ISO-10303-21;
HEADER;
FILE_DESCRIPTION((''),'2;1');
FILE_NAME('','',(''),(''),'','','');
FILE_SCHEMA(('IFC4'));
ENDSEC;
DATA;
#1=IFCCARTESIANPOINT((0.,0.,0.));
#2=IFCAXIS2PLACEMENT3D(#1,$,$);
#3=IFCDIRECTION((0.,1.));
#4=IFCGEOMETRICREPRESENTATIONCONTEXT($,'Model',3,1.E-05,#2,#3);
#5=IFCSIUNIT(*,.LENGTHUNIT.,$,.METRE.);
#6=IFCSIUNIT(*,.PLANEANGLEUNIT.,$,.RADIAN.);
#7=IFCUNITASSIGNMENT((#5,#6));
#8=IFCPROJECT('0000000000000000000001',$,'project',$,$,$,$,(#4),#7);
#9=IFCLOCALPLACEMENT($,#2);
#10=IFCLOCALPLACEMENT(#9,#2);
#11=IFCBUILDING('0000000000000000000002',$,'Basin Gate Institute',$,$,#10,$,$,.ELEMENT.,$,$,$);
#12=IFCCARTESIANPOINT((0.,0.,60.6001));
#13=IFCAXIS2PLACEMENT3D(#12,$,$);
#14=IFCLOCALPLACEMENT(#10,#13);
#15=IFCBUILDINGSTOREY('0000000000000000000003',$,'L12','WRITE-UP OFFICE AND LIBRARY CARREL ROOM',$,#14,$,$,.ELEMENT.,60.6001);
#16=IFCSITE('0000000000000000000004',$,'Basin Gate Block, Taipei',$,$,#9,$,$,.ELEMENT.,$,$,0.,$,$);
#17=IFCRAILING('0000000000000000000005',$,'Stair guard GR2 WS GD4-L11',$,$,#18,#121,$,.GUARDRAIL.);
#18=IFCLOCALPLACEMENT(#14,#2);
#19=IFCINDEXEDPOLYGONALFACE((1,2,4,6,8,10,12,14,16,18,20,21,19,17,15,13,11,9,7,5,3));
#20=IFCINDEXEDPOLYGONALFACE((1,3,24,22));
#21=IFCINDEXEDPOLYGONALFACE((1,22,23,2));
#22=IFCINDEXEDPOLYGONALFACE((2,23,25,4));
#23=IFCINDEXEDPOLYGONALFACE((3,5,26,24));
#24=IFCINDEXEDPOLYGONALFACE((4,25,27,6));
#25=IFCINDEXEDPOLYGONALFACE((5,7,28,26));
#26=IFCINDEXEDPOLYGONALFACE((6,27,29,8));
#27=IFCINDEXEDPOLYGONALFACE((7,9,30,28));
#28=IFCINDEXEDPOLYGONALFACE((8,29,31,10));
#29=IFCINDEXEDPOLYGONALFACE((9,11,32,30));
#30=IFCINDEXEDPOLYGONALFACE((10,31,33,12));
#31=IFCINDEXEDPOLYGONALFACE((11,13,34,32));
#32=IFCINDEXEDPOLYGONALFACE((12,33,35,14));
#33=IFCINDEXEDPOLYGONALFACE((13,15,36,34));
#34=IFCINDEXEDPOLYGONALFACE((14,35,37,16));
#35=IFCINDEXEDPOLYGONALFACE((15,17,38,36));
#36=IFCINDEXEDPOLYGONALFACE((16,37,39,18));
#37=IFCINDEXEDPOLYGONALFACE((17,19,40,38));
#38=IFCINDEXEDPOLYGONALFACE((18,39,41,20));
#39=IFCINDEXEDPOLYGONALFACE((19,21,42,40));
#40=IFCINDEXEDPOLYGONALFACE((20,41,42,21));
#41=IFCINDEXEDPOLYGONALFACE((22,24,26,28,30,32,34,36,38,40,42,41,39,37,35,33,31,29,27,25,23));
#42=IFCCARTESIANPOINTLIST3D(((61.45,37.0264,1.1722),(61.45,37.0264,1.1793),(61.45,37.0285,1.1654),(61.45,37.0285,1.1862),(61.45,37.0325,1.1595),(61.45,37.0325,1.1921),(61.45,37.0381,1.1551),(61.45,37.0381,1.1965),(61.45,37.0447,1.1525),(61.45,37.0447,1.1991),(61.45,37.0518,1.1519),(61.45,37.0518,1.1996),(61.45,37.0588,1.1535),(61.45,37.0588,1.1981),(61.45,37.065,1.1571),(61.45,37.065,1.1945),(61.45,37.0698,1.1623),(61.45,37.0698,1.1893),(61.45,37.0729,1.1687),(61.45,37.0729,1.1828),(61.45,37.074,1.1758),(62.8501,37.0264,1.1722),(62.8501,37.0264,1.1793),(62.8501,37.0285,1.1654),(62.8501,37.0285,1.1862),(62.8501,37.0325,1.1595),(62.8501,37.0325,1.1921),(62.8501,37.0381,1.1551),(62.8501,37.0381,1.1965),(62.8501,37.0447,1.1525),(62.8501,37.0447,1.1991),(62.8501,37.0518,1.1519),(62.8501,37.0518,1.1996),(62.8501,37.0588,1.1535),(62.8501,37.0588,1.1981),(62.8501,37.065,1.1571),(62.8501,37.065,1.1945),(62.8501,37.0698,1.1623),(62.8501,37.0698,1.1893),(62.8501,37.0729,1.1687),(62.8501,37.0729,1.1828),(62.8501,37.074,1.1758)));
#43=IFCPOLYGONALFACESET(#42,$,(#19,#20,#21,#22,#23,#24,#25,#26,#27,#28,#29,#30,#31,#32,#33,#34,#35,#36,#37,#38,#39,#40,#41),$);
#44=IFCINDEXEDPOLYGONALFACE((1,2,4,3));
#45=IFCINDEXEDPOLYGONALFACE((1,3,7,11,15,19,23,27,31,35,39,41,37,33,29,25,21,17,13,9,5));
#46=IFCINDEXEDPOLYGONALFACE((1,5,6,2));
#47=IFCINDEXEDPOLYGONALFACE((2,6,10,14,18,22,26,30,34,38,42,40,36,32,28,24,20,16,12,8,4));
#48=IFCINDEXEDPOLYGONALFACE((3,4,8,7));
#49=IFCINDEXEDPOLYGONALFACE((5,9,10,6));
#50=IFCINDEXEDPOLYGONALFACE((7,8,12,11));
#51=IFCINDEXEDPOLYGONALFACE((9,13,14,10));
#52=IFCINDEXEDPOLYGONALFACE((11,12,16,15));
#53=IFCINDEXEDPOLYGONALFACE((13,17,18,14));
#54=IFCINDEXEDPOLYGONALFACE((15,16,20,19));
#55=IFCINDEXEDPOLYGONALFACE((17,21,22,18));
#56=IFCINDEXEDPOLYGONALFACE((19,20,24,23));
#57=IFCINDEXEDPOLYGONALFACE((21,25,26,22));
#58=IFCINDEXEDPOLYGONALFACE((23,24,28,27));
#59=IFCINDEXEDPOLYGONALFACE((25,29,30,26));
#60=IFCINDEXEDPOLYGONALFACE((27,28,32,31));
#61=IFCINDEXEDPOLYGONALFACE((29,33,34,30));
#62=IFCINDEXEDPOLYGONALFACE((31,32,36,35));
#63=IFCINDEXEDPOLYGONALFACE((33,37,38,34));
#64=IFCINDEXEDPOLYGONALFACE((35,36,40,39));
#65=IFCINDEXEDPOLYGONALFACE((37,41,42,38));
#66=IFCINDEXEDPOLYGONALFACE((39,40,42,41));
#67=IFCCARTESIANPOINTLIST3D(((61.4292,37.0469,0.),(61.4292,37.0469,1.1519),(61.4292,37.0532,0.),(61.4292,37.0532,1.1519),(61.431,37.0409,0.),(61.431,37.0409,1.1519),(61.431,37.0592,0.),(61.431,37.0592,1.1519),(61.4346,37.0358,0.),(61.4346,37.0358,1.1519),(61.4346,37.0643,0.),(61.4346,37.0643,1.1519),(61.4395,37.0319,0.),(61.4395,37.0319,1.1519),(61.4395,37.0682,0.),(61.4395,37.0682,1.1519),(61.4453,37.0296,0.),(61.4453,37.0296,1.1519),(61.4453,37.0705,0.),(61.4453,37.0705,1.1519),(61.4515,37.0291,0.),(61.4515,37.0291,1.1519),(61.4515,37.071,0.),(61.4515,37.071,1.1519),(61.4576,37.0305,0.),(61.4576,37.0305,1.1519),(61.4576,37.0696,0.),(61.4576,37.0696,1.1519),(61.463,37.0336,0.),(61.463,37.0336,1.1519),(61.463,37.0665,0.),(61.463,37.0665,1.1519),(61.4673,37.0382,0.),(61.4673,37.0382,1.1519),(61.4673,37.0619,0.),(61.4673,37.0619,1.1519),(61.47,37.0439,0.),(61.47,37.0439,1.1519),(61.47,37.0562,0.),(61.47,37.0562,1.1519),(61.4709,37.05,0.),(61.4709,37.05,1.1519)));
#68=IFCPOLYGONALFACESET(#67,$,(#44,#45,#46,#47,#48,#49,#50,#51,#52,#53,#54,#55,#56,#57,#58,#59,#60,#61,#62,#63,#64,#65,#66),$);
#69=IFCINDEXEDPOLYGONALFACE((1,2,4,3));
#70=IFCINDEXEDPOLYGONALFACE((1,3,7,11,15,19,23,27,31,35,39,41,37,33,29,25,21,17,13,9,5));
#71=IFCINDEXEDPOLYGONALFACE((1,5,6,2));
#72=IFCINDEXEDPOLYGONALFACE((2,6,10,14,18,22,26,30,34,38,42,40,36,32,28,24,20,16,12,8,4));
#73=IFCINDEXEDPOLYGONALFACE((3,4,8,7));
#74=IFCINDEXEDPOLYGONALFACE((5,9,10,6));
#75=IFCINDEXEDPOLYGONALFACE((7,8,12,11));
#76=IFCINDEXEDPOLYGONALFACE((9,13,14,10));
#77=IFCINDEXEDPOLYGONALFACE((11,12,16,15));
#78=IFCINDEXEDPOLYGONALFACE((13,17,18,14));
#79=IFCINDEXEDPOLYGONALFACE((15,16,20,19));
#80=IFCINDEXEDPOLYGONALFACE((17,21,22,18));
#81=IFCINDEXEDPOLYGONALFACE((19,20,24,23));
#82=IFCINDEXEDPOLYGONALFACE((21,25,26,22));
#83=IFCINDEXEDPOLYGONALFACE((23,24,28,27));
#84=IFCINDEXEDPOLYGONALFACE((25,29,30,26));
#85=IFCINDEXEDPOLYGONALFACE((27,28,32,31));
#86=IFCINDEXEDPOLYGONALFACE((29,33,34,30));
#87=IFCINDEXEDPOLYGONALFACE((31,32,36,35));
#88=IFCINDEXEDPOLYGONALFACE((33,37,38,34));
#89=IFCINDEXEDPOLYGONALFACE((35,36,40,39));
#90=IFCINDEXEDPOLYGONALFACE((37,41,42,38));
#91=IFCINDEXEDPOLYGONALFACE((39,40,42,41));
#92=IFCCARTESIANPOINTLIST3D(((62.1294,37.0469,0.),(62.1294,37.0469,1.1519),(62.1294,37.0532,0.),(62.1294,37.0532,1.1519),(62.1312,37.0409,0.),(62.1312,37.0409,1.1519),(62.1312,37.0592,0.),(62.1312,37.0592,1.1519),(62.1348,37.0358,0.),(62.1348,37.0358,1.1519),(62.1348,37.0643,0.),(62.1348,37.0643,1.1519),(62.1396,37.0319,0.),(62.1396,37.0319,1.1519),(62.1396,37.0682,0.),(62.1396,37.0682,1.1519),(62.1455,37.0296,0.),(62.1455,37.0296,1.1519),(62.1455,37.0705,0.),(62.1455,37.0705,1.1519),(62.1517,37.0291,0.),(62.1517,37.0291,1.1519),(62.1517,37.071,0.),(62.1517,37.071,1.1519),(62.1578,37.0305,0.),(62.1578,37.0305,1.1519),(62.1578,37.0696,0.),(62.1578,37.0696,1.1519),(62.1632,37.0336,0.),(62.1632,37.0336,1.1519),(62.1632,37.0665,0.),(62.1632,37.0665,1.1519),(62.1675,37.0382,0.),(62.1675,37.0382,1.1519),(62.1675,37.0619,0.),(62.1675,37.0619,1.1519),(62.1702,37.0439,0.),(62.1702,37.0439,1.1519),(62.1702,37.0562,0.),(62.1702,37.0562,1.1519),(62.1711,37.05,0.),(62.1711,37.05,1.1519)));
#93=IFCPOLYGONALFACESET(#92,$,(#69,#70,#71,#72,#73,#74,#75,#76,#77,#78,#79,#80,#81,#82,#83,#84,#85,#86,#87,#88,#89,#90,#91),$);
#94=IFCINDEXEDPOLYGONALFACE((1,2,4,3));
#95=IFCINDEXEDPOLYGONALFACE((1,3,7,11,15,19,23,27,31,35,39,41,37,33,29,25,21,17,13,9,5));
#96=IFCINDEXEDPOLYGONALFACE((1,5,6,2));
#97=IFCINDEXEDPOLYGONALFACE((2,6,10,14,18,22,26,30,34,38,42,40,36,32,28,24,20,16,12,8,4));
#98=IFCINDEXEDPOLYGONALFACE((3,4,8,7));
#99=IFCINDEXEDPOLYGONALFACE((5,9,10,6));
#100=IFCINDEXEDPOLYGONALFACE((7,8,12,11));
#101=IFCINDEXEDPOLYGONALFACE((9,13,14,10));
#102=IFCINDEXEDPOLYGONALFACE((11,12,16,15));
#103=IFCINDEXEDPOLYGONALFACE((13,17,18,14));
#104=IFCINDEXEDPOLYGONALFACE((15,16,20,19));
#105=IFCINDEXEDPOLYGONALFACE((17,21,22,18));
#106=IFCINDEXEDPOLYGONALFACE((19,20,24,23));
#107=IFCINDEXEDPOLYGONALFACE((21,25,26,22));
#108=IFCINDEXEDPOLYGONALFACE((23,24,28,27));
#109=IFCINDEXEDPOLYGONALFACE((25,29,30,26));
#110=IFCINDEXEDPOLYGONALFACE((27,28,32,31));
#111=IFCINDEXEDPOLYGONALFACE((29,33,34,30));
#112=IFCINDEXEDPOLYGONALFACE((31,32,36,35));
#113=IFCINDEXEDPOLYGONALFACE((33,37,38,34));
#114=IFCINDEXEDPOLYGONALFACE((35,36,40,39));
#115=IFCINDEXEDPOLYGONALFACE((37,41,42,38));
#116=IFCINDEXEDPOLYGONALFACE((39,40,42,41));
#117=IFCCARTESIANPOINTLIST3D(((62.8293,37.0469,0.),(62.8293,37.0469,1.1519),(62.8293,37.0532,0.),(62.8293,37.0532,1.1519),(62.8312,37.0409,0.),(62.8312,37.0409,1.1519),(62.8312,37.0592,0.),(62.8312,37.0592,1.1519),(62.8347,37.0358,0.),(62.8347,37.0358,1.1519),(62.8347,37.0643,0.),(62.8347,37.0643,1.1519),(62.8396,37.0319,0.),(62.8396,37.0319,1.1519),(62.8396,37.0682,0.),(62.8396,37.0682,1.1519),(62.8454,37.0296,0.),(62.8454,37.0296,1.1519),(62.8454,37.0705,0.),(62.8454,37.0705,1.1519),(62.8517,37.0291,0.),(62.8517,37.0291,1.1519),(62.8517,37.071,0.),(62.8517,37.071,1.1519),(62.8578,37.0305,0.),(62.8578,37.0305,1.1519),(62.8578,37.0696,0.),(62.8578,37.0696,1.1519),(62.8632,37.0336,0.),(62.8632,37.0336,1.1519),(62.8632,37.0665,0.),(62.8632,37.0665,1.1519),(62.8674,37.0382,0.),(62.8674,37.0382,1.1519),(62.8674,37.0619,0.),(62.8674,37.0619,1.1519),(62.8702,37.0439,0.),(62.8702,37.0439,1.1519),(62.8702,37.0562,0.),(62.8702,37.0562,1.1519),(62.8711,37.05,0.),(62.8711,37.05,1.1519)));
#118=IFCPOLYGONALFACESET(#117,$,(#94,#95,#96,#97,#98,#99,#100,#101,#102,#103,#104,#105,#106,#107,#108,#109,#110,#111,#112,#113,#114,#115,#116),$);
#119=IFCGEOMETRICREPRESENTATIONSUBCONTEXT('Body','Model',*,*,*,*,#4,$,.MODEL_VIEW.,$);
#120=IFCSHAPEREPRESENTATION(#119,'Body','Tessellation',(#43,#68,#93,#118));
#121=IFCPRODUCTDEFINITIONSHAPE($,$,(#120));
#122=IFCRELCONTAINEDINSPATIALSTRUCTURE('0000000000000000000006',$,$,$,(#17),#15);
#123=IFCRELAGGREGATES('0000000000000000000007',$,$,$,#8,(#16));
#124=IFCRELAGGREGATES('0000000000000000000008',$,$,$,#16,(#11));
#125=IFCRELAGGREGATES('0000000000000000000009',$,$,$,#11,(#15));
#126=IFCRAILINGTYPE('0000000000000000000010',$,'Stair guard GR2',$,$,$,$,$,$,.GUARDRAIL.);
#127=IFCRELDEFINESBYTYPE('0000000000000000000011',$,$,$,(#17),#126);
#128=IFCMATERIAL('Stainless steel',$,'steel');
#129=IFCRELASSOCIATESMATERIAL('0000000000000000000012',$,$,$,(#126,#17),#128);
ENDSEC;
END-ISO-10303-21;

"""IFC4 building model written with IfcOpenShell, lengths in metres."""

from ifc_helpers import new_model, si_unit, direction, frame, origin, origin_2d, place, context, subcontext, project, spatial, circle, extrude, material, type_object, element, save


model = new_model("IFC4")

# Units and contexts
model_context = context("Model", 3, precision=1e-05, world=origin(), true_north=direction((0.0, 1.0)))
body_context = subcontext(model_context, "Body", "Model", "MODEL_VIEW")
ifc_project = project(units=[si_unit("LENGTHUNIT", "METRE"), si_unit("PLANEANGLEUNIT", "RADIAN")], contexts=[model_context])

# Site, building, storey
site_placement = place(None, origin())
site = spatial("IfcSite", under=ifc_project, at=site_placement, Name="Basin Gate Block, Taipei", CompositionType="ELEMENT", RefElevation=0.0)
building_placement = place(site_placement, origin())
building = spatial("IfcBuilding", under=site, at=building_placement, Name="Basin Gate Institute", CompositionType="ELEMENT")
storey_placement = place(building_placement, frame((0.0, 0.0, 60.6001)))
storey = spatial("IfcBuildingStorey", under=building, at=storey_placement, Name="L12", Description="WRITE-UP OFFICE AND LIBRARY CARREL ROOM", CompositionType="ELEMENT", Elevation=60.6001)

# Railing
ifc_material_1 = material(Name="Stainless steel", Category="steel")
railing_type_1 = type_object("IfcRailingType", Name="Stair guard GR2", PredefinedType="GUARDRAIL", material=ifc_material_1)
railing_1_placement = place(storey_placement, frame((61.45, 37.05, 0.0)))
element("IfcRailing", 1, at=railing_1_placement, inside=storey, type_object=railing_type_1, material=ifc_material_1, Name="Stair guard GR2 WS GD4-L11", PredefinedType="GUARDRAIL", context=body_context, shape_type="SweptSolid", body=[
    extrude(circle(Radius=0.0239, at=origin_2d()), frame((0.0, 0.0, 1.1758), z_axis=(1.0, 0.0, 0.0), x_axis=(0.0, 1.0, 0.0)), (0.0, 0.0, 1.0), 1.4001),
    extrude(circle(Radius=0.021, at=origin_2d()), origin(), (0.0, 0.0, 1.0), 1.1519),
    extrude(circle(Radius=0.021, at=origin_2d()), frame((0.7002, 0.0, 0.0)), (0.0, 0.0, 1.0), 1.1519),
    extrude(circle(Radius=0.021, at=origin_2d()), frame((1.4001, 0.0, 0.0)), (0.0, 0.0, 1.0), 1.1519),
])

save(model, "model.ifc")
